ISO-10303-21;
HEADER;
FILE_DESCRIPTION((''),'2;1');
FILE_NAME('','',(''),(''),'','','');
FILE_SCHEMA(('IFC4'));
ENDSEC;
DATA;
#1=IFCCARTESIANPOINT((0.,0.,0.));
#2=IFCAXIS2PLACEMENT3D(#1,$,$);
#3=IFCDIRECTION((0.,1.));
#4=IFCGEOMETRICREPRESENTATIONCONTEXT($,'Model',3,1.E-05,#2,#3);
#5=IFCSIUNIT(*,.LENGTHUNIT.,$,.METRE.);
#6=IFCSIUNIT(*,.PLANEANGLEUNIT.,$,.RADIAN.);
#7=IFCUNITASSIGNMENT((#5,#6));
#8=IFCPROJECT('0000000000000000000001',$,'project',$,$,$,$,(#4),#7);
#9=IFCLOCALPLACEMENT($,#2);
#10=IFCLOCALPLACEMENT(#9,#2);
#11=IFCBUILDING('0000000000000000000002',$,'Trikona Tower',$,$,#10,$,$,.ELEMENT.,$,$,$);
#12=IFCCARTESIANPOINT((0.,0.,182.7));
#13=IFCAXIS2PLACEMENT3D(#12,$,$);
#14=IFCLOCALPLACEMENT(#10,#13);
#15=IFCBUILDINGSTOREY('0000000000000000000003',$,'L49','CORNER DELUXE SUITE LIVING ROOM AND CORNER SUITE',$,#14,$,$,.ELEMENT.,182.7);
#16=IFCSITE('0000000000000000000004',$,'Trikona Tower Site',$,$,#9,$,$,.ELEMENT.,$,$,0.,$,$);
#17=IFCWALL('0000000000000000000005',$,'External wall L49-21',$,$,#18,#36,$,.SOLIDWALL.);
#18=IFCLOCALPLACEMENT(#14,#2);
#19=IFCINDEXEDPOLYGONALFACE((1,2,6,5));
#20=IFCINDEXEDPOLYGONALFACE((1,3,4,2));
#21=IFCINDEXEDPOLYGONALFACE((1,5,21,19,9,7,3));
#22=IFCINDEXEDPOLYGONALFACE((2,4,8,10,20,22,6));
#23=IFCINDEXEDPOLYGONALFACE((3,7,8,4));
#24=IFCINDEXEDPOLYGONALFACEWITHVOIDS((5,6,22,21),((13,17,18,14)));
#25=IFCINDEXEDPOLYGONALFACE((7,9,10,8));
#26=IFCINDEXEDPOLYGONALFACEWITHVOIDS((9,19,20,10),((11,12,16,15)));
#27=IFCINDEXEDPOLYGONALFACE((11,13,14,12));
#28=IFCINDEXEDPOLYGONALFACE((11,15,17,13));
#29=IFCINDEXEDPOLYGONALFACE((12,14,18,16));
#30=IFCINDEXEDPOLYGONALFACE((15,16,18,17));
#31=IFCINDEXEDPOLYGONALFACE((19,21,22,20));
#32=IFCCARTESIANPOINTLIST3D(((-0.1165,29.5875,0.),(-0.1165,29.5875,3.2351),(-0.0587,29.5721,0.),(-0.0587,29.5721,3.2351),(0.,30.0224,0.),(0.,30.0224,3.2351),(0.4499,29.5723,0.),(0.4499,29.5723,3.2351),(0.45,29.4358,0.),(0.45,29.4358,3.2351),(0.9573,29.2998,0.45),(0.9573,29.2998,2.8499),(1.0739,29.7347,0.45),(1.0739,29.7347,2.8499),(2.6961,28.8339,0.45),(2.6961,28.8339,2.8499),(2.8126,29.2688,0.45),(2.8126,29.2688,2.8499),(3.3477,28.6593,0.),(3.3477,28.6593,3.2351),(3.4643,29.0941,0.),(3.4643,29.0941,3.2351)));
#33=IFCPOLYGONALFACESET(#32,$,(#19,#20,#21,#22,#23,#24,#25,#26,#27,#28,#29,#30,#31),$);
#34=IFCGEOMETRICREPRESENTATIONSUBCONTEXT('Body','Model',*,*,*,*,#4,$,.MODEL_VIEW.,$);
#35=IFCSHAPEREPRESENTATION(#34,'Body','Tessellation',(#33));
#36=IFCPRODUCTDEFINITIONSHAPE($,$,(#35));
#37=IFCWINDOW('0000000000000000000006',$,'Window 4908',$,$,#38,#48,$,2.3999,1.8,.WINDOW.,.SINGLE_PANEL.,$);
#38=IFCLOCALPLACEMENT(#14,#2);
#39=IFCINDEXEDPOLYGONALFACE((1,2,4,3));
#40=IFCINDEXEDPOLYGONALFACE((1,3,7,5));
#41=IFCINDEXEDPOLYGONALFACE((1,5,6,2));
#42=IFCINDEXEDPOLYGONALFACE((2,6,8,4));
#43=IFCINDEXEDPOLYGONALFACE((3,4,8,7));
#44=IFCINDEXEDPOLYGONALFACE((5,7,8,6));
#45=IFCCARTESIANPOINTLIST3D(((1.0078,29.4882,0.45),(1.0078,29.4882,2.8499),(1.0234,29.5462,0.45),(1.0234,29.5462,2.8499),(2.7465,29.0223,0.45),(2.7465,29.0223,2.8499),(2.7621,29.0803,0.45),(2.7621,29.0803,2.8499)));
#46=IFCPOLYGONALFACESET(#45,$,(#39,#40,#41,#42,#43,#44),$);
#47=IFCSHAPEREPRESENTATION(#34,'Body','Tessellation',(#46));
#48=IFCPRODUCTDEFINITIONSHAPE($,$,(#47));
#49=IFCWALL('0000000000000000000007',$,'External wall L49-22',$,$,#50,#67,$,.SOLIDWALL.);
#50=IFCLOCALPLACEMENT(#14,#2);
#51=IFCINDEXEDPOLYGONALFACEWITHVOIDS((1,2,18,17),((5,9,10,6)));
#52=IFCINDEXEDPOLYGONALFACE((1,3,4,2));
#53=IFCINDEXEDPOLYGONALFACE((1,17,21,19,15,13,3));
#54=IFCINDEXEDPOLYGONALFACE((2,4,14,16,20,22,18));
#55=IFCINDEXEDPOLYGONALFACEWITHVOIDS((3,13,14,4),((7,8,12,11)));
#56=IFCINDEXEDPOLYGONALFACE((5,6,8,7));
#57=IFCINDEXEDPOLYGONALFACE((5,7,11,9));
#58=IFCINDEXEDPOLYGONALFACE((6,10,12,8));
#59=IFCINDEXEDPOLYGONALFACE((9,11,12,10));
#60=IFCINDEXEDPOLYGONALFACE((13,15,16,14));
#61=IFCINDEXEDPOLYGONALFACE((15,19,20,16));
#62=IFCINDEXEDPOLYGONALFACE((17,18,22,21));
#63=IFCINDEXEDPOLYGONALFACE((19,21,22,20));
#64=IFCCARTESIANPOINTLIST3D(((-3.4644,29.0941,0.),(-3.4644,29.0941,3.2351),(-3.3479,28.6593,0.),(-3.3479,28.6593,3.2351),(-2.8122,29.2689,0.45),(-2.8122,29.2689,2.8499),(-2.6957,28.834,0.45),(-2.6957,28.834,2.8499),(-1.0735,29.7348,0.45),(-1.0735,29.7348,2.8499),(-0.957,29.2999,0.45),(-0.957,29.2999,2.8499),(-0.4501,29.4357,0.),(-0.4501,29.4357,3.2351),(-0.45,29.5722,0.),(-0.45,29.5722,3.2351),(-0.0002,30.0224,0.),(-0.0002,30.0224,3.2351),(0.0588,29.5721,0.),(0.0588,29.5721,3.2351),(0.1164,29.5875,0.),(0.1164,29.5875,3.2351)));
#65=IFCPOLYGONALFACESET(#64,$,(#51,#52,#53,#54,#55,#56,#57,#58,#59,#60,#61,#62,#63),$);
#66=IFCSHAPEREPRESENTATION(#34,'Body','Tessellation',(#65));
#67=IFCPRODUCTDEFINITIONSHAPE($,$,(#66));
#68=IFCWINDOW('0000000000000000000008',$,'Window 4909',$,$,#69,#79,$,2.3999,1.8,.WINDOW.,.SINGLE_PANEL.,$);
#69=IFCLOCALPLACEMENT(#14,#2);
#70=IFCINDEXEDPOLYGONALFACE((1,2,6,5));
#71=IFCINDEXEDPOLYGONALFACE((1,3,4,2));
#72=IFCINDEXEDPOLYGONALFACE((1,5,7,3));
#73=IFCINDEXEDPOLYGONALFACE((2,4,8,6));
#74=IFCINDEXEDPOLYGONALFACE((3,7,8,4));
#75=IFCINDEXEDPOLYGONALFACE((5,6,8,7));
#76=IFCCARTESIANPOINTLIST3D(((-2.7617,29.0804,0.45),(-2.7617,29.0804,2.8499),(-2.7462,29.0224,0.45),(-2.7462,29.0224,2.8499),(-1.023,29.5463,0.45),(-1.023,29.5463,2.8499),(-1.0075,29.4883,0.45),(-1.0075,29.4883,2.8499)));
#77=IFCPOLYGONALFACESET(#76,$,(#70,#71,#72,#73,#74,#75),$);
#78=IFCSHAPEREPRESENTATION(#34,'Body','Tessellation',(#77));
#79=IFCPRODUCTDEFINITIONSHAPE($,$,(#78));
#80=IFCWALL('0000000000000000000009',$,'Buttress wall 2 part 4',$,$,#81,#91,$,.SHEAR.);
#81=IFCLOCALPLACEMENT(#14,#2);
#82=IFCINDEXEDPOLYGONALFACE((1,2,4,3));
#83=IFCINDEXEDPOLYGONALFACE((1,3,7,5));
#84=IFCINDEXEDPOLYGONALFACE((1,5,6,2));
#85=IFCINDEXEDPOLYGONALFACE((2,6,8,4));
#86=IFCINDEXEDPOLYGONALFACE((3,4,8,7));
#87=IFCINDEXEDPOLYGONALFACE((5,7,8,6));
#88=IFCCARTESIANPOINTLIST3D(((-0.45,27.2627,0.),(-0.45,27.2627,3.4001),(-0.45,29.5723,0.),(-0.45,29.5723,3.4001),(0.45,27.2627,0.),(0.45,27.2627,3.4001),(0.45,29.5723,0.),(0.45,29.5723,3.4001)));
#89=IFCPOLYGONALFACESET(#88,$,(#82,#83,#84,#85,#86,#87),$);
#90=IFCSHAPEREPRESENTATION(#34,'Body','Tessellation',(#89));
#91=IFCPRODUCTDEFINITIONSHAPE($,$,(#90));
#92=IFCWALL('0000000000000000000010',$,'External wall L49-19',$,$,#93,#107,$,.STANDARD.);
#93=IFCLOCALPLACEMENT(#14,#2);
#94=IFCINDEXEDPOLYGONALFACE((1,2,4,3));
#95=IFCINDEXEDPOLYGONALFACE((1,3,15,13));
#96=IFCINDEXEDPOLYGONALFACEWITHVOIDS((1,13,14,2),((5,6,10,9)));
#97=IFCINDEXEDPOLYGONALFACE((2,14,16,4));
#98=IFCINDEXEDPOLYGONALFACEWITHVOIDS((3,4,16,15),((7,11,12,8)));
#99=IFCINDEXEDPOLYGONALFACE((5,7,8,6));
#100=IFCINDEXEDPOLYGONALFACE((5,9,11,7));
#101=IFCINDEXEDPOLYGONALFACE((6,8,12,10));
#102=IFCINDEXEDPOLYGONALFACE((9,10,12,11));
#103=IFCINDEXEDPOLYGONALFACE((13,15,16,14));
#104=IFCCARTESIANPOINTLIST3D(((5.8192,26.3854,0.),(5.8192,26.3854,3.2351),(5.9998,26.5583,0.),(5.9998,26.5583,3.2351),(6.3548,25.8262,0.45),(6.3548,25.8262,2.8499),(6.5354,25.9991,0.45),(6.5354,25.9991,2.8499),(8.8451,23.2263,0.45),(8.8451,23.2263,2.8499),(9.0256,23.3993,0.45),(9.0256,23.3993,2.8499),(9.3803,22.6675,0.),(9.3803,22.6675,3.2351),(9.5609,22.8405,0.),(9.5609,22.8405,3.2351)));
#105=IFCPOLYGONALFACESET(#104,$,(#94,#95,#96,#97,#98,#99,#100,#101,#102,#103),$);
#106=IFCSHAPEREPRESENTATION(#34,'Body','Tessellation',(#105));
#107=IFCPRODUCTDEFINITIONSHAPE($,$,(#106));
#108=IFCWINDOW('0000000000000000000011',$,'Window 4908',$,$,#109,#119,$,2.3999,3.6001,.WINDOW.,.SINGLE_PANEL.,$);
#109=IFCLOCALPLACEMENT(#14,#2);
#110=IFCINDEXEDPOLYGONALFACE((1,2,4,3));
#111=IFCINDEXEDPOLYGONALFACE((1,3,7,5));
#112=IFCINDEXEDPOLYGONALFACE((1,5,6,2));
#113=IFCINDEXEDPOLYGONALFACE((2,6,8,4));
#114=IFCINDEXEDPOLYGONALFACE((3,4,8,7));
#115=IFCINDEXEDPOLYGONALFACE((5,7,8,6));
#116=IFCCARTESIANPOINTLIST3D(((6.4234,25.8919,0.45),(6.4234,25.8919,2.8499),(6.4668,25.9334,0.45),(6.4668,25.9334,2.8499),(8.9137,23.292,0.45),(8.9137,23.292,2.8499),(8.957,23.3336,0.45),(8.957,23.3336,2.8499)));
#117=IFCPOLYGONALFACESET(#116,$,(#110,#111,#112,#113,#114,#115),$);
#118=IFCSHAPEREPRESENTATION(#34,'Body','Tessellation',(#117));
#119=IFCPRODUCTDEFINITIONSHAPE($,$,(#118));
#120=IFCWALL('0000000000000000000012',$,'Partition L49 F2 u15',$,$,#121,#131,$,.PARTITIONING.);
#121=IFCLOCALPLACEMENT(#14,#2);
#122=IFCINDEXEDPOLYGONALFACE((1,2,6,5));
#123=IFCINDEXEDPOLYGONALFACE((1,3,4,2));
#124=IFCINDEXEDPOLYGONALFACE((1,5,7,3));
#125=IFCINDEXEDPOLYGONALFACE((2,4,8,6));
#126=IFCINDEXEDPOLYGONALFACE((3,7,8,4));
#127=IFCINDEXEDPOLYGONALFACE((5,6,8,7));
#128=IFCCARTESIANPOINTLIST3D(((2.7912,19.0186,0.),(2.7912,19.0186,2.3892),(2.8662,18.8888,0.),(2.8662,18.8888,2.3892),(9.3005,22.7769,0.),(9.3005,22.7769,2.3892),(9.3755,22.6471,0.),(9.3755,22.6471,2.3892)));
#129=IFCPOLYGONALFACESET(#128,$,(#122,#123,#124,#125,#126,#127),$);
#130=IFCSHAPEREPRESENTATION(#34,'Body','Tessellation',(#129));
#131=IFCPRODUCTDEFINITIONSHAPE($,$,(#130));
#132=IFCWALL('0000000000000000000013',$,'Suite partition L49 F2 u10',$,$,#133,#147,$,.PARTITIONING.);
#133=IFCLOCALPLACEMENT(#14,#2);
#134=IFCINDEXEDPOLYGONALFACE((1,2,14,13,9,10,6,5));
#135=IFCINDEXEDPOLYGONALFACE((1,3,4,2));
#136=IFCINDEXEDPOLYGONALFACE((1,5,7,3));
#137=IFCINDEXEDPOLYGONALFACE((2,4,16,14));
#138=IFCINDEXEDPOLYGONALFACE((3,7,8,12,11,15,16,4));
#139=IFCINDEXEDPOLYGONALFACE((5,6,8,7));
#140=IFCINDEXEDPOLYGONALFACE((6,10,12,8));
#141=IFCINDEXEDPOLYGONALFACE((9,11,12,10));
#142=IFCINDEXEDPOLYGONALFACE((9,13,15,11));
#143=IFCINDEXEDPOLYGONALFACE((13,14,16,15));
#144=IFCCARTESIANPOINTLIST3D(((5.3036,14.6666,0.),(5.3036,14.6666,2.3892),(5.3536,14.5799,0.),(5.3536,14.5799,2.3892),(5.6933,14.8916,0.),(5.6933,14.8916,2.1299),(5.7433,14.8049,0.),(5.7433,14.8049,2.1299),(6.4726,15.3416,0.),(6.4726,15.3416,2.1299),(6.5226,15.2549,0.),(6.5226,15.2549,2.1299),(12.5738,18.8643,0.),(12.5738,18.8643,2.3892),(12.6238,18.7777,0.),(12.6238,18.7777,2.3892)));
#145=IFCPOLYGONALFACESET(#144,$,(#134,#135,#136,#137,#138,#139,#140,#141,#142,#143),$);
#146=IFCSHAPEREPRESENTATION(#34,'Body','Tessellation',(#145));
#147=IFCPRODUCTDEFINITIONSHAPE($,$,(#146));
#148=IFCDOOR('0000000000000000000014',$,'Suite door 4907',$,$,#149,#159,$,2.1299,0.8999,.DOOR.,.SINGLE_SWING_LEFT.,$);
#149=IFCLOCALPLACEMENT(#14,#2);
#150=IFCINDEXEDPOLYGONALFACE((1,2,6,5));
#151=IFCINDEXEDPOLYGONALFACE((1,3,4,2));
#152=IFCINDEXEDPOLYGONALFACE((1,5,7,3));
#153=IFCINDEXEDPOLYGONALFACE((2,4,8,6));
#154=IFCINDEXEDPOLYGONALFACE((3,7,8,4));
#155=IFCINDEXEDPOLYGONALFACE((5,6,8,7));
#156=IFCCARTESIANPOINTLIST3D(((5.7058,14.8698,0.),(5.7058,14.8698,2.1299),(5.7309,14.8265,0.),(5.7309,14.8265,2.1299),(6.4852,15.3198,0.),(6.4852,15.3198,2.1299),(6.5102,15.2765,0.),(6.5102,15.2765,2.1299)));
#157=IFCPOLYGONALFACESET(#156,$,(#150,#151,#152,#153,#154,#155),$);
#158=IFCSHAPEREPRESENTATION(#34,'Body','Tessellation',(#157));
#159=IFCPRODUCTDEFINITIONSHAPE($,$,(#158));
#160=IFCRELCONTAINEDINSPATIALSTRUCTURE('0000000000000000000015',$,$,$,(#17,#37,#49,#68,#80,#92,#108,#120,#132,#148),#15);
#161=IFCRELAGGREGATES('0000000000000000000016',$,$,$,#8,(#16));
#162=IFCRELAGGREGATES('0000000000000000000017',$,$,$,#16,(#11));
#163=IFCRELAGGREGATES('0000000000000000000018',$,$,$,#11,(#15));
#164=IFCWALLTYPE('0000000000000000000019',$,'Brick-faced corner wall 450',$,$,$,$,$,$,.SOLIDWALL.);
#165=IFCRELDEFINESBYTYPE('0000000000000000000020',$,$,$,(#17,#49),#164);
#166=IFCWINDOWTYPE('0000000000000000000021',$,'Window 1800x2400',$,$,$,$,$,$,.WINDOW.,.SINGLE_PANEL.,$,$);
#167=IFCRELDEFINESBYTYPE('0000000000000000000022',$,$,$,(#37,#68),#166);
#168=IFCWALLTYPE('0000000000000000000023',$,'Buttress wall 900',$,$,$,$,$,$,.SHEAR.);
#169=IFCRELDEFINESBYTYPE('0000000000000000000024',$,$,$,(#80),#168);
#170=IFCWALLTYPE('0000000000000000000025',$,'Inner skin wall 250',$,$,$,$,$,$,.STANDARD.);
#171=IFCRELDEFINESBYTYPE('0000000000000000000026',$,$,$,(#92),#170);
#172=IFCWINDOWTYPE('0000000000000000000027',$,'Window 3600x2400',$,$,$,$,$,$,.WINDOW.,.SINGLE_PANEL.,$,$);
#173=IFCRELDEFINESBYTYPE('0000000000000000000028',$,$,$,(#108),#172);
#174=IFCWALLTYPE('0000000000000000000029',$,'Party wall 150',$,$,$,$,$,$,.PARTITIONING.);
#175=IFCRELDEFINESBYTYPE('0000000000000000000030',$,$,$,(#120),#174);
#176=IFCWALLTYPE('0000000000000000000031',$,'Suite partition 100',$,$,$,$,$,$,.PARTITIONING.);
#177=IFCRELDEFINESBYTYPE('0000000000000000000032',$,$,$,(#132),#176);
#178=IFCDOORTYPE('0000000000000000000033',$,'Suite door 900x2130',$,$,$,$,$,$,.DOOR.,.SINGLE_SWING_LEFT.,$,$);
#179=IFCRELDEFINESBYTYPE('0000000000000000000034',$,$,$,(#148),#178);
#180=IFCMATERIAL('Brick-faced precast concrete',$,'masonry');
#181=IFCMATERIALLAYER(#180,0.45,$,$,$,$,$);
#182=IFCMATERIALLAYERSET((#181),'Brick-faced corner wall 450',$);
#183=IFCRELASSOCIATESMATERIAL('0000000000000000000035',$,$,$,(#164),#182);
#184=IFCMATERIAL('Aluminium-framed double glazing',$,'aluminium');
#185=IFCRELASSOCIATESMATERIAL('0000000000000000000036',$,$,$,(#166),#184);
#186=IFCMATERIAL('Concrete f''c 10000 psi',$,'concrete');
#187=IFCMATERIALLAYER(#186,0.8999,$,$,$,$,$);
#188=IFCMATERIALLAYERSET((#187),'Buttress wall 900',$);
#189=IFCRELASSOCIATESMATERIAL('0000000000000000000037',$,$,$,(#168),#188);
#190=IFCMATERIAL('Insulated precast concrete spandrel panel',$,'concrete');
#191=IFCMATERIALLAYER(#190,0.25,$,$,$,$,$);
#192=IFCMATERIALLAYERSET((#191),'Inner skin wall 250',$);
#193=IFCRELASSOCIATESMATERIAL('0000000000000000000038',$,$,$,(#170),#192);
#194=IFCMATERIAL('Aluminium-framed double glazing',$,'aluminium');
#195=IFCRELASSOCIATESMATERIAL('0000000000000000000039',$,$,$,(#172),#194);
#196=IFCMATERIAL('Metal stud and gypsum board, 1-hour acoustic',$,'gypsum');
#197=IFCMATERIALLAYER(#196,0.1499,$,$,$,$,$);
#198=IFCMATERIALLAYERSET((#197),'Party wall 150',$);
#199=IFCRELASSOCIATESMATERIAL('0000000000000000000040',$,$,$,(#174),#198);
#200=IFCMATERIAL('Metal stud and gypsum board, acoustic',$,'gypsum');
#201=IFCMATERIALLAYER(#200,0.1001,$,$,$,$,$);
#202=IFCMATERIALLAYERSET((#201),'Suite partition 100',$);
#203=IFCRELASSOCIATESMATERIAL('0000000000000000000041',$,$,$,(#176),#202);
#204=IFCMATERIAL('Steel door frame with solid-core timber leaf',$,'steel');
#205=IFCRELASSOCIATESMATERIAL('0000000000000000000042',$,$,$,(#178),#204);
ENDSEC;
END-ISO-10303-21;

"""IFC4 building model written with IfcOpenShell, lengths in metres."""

from ifc_helpers import new_model, si_unit, direction, frame, frame_2d, origin, place, context, subcontext, project, spatial, polyline, rectangle, outline, extrude, material, layer, layer_set, type_object, element, fill, save


model = new_model("IFC4")

# Units and contexts
model_context = context("Model", 3, precision=1e-05, world=origin(), true_north=direction((0.0, 1.0)))
body_context = subcontext(model_context, "Body", "Model", "MODEL_VIEW")
ifc_project = project(units=[si_unit("LENGTHUNIT", "METRE"), si_unit("PLANEANGLEUNIT", "RADIAN")], contexts=[model_context])

# Site, building, storey
site_placement = place(None, origin())
site = spatial("IfcSite", under=ifc_project, at=site_placement, Name="Trikona Tower Site", CompositionType="ELEMENT", RefElevation=0.0)
building_placement = place(site_placement, origin())
building = spatial("IfcBuilding", under=site, at=building_placement, Name="Trikona Tower", CompositionType="ELEMENT")
storey_placement = place(building_placement, frame((0.0, 0.0, 182.7)))
storey = spatial("IfcBuildingStorey", under=building, at=storey_placement, Name="L49", Description="CORNER DELUXE SUITE LIVING ROOM AND CORNER SUITE", CompositionType="ELEMENT", Elevation=182.7)

# Walls, openings, windows
ifc_material_1 = material(Name="Brick-faced precast concrete", Category="masonry")
ifc_layer_1 = layer(ifc_material_1, 0.45)
ifc_layer_set_1 = layer_set([ifc_layer_1], Name="Brick-faced corner wall 450")
wall_type_1 = type_object("IfcWallType", Name="Brick-faced corner wall 450", PredefinedType="SOLIDWALL", material=ifc_layer_set_1)
wall_1_placement = place(storey_placement, frame((3.406, 28.8767, 0.0), z_axis=(0.0, 0.0, 1.0), x_axis=(-0.965925, 0.258823, 0.0)))
wall_1 = element("IfcWall", 1, at=wall_1_placement, inside=storey, type_object=wall_type_1, Name="External wall L49-21", PredefinedType="SOLIDWALL", context=body_context, shape_type="SweptSolid", body=[
    extrude(outline(polyline([(3.5864, 0.2251), (3.5266, 0.2251), (3.0354, 0.0933), (3.0, 0.2251), (0.0, 0.2251), (0.0, -0.2251), (3.5864, -0.2251), (3.5864, 0.2251)])), origin(), (0.0, 0.0, 1.0), 3.2351),
])
opening_1_placement = place(wall_1_placement, frame((0.6748, 0.0, 0.45)))
opening_1 = element("IfcOpeningElement", 2, at=opening_1_placement, cuts=wall_1, PredefinedType="OPENING", context=body_context, shape_type="SweptSolid", body=[
    extrude(rectangle(XDim=1.8, YDim=2.3999, at=frame_2d((0.8999, 1.2))), frame((0.0, 0.2349, 0.0), z_axis=(0.0, -1.0, 0.0), x_axis=(1.0, 0.0, 0.0)), (0.0, 0.0, 1.0), 0.47),
])
ifc_material_2 = material(Name="Aluminium-framed double glazing", Category="aluminium")
window_type_1 = type_object("IfcWindowType", Name="Window 1800x2400", PartitioningType="SINGLE_PANEL", PredefinedType="WINDOW", material=ifc_material_2)
window_1_placement = place(opening_1_placement, origin())
window_1 = element("IfcWindow", 3, at=window_1_placement, inside=storey, type_object=window_type_1, Name="Window 4908", OverallHeight=2.3999, OverallWidth=1.8, PartitioningType="SINGLE_PANEL", PredefinedType="WINDOW", context=body_context, shape_type="SweptSolid", body=[
    extrude(rectangle(XDim=1.8, YDim=2.3999, at=frame_2d((0.8999, 1.2))), frame((0.0, 0.03, 0.0), z_axis=(0.0, -1.0, 0.0), x_axis=(1.0, 0.0, 0.0)), (0.0, 0.0, 1.0), 0.0601),
])
fill(opening_1, window_1)
wall_2_placement = place(storey_placement, frame((0.0581, 29.8049, 0.0), z_axis=(0.0, 0.0, 1.0), x_axis=(-0.965925, -0.258823, 0.0)))
wall_2 = element("IfcWall", 4, at=wall_2_placement, inside=storey, type_object=wall_type_1, Name="External wall L49-22", PredefinedType="SOLIDWALL", context=body_context, shape_type="SweptSolid", body=[
    extrude(outline(polyline([(3.5864, 0.2251), (0.5864, 0.2251), (0.551, 0.0933), (0.0596, 0.2251), (0.0, 0.2251), (0.0, -0.2251), (3.5864, -0.2251), (3.5864, 0.2251)])), origin(), (0.0, 0.0, 1.0), 3.2351),
])
opening_2_placement = place(wall_2_placement, frame((1.1113, 0.0, 0.45)))
opening_2 = element("IfcOpeningElement", 5, at=opening_2_placement, cuts=wall_2, PredefinedType="OPENING", context=body_context, shape_type="SweptSolid", body=[
    extrude(rectangle(XDim=1.8, YDim=2.3999, at=frame_2d((0.8999, 1.2))), frame((0.0, 0.2349, 0.0), z_axis=(0.0, -1.0, 0.0), x_axis=(1.0, 0.0, 0.0)), (0.0, 0.0, 1.0), 0.47),
])
window_2_placement = place(opening_2_placement, origin())
window_2 = element("IfcWindow", 6, at=window_2_placement, inside=storey, type_object=window_type_1, Name="Window 4909", OverallHeight=2.3999, OverallWidth=1.8, PartitioningType="SINGLE_PANEL", PredefinedType="WINDOW", context=body_context, shape_type="SweptSolid", body=[
    extrude(rectangle(XDim=1.8, YDim=2.3999, at=frame_2d((0.8999, 1.2))), frame((0.0, 0.03, 0.0), z_axis=(0.0, -1.0, 0.0), x_axis=(1.0, 0.0, 0.0)), (0.0, 0.0, 1.0), 0.0601),
])
fill(opening_2, window_2)

# Wall
ifc_material_3 = material(Name="Concrete f'c 10000 psi", Category="concrete")
ifc_layer_2 = layer(ifc_material_3, 0.8999)
ifc_layer_set_2 = layer_set([ifc_layer_2], Name="Buttress wall 900")
wall_type_2 = type_object("IfcWallType", Name="Buttress wall 900", PredefinedType="SHEAR", material=ifc_layer_set_2)
wall_3_placement = place(storey_placement, frame((0.0, 27.2627, 0.0), z_axis=(0.0, 0.0, 1.0), x_axis=(0.0, 1.0, 0.0)))
element("IfcWall", 7, at=wall_3_placement, inside=storey, type_object=wall_type_2, Name="Buttress wall 2 part 4", PredefinedType="SHEAR", context=body_context, shape_type="SweptSolid", body=[
    extrude(rectangle(XDim=2.3096, YDim=0.8999, at=frame_2d((1.1548, 0.0))), origin(), (0.0, 0.0, 1.0), 3.4001),
])

# Wall, opening, window
ifc_material_4 = material(Name="Insulated precast concrete spandrel panel", Category="concrete")
ifc_layer_3 = layer(ifc_material_4, 0.25)
ifc_layer_set_3 = layer_set([ifc_layer_3], Name="Inner skin wall 250")
wall_type_3 = type_object("IfcWallType", Name="Inner skin wall 250", PredefinedType="STANDARD", material=ifc_layer_set_3)
wall_4_placement = place(storey_placement, frame((9.4707, 22.7539, 0.0), z_axis=(0.0, 0.0, 1.0), x_axis=(-0.69172, 0.722166, 0.0)))
wall_4 = element("IfcWall", 8, at=wall_4_placement, inside=storey, type_object=wall_type_3, Name="External wall L49-19", PredefinedType="STANDARD", context=body_context, shape_type="SweptSolid", body=[
    extrude(rectangle(XDim=5.1482, YDim=0.25, at=frame_2d((2.5742, 0.0))), origin(), (0.0, 0.0, 1.0), 3.2351),
])
opening_3_placement = place(wall_4_placement, frame((0.7739, 0.0, 0.45)))
opening_3 = element("IfcOpeningElement", 9, at=opening_3_placement, cuts=wall_4, PredefinedType="OPENING", context=body_context, shape_type="SweptSolid", body=[
    extrude(rectangle(XDim=3.6001, YDim=2.3999, at=frame_2d((1.8, 1.2))), frame((0.0, 0.135, 0.0), z_axis=(0.0, -1.0, 0.0), x_axis=(1.0, 0.0, 0.0)), (0.0, 0.0, 1.0), 0.27),
])
ifc_material_5 = material(Name="Aluminium-framed double glazing", Category="aluminium")
window_type_2 = type_object("IfcWindowType", Name="Window 3600x2400", PartitioningType="SINGLE_PANEL", PredefinedType="WINDOW", material=ifc_material_5)
window_3_placement = place(opening_3_placement, origin())
window_3 = element("IfcWindow", 10, at=window_3_placement, inside=storey, type_object=window_type_2, Name="Window 4908", OverallHeight=2.3999, OverallWidth=3.6001, PartitioningType="SINGLE_PANEL", PredefinedType="WINDOW", context=body_context, shape_type="SweptSolid", body=[
    extrude(rectangle(XDim=3.6001, YDim=2.3999, at=frame_2d((1.8, 1.2))), frame((0.0, 0.03, 0.0), z_axis=(0.0, -1.0, 0.0), x_axis=(1.0, 0.0, 0.0)), (0.0, 0.0, 1.0), 0.0601),
])
fill(opening_3, window_3)

# Wall
ifc_material_6 = material(Name="Metal stud and gypsum board, 1-hour acoustic", Category="gypsum")
ifc_layer_4 = layer(ifc_material_6, 0.1499)
ifc_layer_set_4 = layer_set([ifc_layer_4], Name="Party wall 150")
wall_type_4 = type_object("IfcWallType", Name="Party wall 150", PredefinedType="PARTITIONING", material=ifc_layer_set_4)
wall_5_placement = place(storey_placement, frame((2.8286, 18.9536, 0.0), z_axis=(0.0, 0.0, 1.0), x_axis=(0.866016, 0.500017, 0.0)))
element("IfcWall", 11, at=wall_5_placement, inside=storey, type_object=wall_type_4, Name="Partition L49 F2 u15", PredefinedType="PARTITIONING", context=body_context, shape_type="SweptSolid", body=[
    extrude(rectangle(XDim=7.5164, YDim=0.1499, at=frame_2d((3.7583, 0.0))), origin(), (0.0, 0.0, 1.0), 2.3892),
])

# Wall, opening, door
ifc_material_7 = material(Name="Metal stud and gypsum board, acoustic", Category="gypsum")
ifc_layer_5 = layer(ifc_material_7, 0.1001)
ifc_layer_set_5 = layer_set([ifc_layer_5], Name="Suite partition 100")
wall_type_5 = type_object("IfcWallType", Name="Suite partition 100", PredefinedType="PARTITIONING", material=ifc_layer_set_5)
wall_6_placement = place(storey_placement, frame((5.3286, 14.6233, 0.0), z_axis=(0.0, 0.0, 1.0), x_axis=(0.866012, 0.500024, 0.0)))
wall_6 = element("IfcWall", 12, at=wall_6_placement, inside=storey, type_object=wall_type_5, Name="Suite partition L49 F2 u10", PredefinedType="PARTITIONING", context=body_context, shape_type="SweptSolid", body=[
    extrude(rectangle(XDim=8.395, YDim=0.1001, at=frame_2d((4.1975, 0.0))), origin(), (0.0, 0.0, 1.0), 2.3892),
])
opening_4_placement = place(wall_6_placement, frame((0.45, 0.0, 0.0)))
opening_4 = element("IfcOpeningElement", 13, at=opening_4_placement, cuts=wall_6, PredefinedType="OPENING", context=body_context, shape_type="SweptSolid", body=[
    extrude(rectangle(XDim=0.8999, YDim=2.1299, at=frame_2d((0.45, 1.0649))), frame((0.0, 0.0601, 0.0), z_axis=(0.0, -1.0, 0.0), x_axis=(1.0, 0.0, 0.0)), (0.0, 0.0, 1.0), 0.1201),
])
ifc_material_8 = material(Name="Steel door frame with solid-core timber leaf", Category="steel")
door_type_1 = type_object("IfcDoorType", Name="Suite door 900x2130", OperationType="SINGLE_SWING_LEFT", PredefinedType="DOOR", material=ifc_material_8)
door_1_placement = place(opening_4_placement, origin())
door_1 = element("IfcDoor", 14, at=door_1_placement, inside=storey, type_object=door_type_1, Name="Suite door 4907", OperationType="SINGLE_SWING_LEFT", OverallHeight=2.1299, OverallWidth=0.8999, PredefinedType="DOOR", context=body_context, shape_type="SweptSolid", body=[
    extrude(rectangle(XDim=0.8999, YDim=2.1299, at=frame_2d((0.45, 1.0649))), frame((0.0, 0.0249, 0.0), z_axis=(0.0, -1.0, 0.0), x_axis=(1.0, 0.0, 0.0)), (0.0, 0.0, 1.0), 0.05),
])
fill(opening_4, door_1)

save(model, "model.ifc")
